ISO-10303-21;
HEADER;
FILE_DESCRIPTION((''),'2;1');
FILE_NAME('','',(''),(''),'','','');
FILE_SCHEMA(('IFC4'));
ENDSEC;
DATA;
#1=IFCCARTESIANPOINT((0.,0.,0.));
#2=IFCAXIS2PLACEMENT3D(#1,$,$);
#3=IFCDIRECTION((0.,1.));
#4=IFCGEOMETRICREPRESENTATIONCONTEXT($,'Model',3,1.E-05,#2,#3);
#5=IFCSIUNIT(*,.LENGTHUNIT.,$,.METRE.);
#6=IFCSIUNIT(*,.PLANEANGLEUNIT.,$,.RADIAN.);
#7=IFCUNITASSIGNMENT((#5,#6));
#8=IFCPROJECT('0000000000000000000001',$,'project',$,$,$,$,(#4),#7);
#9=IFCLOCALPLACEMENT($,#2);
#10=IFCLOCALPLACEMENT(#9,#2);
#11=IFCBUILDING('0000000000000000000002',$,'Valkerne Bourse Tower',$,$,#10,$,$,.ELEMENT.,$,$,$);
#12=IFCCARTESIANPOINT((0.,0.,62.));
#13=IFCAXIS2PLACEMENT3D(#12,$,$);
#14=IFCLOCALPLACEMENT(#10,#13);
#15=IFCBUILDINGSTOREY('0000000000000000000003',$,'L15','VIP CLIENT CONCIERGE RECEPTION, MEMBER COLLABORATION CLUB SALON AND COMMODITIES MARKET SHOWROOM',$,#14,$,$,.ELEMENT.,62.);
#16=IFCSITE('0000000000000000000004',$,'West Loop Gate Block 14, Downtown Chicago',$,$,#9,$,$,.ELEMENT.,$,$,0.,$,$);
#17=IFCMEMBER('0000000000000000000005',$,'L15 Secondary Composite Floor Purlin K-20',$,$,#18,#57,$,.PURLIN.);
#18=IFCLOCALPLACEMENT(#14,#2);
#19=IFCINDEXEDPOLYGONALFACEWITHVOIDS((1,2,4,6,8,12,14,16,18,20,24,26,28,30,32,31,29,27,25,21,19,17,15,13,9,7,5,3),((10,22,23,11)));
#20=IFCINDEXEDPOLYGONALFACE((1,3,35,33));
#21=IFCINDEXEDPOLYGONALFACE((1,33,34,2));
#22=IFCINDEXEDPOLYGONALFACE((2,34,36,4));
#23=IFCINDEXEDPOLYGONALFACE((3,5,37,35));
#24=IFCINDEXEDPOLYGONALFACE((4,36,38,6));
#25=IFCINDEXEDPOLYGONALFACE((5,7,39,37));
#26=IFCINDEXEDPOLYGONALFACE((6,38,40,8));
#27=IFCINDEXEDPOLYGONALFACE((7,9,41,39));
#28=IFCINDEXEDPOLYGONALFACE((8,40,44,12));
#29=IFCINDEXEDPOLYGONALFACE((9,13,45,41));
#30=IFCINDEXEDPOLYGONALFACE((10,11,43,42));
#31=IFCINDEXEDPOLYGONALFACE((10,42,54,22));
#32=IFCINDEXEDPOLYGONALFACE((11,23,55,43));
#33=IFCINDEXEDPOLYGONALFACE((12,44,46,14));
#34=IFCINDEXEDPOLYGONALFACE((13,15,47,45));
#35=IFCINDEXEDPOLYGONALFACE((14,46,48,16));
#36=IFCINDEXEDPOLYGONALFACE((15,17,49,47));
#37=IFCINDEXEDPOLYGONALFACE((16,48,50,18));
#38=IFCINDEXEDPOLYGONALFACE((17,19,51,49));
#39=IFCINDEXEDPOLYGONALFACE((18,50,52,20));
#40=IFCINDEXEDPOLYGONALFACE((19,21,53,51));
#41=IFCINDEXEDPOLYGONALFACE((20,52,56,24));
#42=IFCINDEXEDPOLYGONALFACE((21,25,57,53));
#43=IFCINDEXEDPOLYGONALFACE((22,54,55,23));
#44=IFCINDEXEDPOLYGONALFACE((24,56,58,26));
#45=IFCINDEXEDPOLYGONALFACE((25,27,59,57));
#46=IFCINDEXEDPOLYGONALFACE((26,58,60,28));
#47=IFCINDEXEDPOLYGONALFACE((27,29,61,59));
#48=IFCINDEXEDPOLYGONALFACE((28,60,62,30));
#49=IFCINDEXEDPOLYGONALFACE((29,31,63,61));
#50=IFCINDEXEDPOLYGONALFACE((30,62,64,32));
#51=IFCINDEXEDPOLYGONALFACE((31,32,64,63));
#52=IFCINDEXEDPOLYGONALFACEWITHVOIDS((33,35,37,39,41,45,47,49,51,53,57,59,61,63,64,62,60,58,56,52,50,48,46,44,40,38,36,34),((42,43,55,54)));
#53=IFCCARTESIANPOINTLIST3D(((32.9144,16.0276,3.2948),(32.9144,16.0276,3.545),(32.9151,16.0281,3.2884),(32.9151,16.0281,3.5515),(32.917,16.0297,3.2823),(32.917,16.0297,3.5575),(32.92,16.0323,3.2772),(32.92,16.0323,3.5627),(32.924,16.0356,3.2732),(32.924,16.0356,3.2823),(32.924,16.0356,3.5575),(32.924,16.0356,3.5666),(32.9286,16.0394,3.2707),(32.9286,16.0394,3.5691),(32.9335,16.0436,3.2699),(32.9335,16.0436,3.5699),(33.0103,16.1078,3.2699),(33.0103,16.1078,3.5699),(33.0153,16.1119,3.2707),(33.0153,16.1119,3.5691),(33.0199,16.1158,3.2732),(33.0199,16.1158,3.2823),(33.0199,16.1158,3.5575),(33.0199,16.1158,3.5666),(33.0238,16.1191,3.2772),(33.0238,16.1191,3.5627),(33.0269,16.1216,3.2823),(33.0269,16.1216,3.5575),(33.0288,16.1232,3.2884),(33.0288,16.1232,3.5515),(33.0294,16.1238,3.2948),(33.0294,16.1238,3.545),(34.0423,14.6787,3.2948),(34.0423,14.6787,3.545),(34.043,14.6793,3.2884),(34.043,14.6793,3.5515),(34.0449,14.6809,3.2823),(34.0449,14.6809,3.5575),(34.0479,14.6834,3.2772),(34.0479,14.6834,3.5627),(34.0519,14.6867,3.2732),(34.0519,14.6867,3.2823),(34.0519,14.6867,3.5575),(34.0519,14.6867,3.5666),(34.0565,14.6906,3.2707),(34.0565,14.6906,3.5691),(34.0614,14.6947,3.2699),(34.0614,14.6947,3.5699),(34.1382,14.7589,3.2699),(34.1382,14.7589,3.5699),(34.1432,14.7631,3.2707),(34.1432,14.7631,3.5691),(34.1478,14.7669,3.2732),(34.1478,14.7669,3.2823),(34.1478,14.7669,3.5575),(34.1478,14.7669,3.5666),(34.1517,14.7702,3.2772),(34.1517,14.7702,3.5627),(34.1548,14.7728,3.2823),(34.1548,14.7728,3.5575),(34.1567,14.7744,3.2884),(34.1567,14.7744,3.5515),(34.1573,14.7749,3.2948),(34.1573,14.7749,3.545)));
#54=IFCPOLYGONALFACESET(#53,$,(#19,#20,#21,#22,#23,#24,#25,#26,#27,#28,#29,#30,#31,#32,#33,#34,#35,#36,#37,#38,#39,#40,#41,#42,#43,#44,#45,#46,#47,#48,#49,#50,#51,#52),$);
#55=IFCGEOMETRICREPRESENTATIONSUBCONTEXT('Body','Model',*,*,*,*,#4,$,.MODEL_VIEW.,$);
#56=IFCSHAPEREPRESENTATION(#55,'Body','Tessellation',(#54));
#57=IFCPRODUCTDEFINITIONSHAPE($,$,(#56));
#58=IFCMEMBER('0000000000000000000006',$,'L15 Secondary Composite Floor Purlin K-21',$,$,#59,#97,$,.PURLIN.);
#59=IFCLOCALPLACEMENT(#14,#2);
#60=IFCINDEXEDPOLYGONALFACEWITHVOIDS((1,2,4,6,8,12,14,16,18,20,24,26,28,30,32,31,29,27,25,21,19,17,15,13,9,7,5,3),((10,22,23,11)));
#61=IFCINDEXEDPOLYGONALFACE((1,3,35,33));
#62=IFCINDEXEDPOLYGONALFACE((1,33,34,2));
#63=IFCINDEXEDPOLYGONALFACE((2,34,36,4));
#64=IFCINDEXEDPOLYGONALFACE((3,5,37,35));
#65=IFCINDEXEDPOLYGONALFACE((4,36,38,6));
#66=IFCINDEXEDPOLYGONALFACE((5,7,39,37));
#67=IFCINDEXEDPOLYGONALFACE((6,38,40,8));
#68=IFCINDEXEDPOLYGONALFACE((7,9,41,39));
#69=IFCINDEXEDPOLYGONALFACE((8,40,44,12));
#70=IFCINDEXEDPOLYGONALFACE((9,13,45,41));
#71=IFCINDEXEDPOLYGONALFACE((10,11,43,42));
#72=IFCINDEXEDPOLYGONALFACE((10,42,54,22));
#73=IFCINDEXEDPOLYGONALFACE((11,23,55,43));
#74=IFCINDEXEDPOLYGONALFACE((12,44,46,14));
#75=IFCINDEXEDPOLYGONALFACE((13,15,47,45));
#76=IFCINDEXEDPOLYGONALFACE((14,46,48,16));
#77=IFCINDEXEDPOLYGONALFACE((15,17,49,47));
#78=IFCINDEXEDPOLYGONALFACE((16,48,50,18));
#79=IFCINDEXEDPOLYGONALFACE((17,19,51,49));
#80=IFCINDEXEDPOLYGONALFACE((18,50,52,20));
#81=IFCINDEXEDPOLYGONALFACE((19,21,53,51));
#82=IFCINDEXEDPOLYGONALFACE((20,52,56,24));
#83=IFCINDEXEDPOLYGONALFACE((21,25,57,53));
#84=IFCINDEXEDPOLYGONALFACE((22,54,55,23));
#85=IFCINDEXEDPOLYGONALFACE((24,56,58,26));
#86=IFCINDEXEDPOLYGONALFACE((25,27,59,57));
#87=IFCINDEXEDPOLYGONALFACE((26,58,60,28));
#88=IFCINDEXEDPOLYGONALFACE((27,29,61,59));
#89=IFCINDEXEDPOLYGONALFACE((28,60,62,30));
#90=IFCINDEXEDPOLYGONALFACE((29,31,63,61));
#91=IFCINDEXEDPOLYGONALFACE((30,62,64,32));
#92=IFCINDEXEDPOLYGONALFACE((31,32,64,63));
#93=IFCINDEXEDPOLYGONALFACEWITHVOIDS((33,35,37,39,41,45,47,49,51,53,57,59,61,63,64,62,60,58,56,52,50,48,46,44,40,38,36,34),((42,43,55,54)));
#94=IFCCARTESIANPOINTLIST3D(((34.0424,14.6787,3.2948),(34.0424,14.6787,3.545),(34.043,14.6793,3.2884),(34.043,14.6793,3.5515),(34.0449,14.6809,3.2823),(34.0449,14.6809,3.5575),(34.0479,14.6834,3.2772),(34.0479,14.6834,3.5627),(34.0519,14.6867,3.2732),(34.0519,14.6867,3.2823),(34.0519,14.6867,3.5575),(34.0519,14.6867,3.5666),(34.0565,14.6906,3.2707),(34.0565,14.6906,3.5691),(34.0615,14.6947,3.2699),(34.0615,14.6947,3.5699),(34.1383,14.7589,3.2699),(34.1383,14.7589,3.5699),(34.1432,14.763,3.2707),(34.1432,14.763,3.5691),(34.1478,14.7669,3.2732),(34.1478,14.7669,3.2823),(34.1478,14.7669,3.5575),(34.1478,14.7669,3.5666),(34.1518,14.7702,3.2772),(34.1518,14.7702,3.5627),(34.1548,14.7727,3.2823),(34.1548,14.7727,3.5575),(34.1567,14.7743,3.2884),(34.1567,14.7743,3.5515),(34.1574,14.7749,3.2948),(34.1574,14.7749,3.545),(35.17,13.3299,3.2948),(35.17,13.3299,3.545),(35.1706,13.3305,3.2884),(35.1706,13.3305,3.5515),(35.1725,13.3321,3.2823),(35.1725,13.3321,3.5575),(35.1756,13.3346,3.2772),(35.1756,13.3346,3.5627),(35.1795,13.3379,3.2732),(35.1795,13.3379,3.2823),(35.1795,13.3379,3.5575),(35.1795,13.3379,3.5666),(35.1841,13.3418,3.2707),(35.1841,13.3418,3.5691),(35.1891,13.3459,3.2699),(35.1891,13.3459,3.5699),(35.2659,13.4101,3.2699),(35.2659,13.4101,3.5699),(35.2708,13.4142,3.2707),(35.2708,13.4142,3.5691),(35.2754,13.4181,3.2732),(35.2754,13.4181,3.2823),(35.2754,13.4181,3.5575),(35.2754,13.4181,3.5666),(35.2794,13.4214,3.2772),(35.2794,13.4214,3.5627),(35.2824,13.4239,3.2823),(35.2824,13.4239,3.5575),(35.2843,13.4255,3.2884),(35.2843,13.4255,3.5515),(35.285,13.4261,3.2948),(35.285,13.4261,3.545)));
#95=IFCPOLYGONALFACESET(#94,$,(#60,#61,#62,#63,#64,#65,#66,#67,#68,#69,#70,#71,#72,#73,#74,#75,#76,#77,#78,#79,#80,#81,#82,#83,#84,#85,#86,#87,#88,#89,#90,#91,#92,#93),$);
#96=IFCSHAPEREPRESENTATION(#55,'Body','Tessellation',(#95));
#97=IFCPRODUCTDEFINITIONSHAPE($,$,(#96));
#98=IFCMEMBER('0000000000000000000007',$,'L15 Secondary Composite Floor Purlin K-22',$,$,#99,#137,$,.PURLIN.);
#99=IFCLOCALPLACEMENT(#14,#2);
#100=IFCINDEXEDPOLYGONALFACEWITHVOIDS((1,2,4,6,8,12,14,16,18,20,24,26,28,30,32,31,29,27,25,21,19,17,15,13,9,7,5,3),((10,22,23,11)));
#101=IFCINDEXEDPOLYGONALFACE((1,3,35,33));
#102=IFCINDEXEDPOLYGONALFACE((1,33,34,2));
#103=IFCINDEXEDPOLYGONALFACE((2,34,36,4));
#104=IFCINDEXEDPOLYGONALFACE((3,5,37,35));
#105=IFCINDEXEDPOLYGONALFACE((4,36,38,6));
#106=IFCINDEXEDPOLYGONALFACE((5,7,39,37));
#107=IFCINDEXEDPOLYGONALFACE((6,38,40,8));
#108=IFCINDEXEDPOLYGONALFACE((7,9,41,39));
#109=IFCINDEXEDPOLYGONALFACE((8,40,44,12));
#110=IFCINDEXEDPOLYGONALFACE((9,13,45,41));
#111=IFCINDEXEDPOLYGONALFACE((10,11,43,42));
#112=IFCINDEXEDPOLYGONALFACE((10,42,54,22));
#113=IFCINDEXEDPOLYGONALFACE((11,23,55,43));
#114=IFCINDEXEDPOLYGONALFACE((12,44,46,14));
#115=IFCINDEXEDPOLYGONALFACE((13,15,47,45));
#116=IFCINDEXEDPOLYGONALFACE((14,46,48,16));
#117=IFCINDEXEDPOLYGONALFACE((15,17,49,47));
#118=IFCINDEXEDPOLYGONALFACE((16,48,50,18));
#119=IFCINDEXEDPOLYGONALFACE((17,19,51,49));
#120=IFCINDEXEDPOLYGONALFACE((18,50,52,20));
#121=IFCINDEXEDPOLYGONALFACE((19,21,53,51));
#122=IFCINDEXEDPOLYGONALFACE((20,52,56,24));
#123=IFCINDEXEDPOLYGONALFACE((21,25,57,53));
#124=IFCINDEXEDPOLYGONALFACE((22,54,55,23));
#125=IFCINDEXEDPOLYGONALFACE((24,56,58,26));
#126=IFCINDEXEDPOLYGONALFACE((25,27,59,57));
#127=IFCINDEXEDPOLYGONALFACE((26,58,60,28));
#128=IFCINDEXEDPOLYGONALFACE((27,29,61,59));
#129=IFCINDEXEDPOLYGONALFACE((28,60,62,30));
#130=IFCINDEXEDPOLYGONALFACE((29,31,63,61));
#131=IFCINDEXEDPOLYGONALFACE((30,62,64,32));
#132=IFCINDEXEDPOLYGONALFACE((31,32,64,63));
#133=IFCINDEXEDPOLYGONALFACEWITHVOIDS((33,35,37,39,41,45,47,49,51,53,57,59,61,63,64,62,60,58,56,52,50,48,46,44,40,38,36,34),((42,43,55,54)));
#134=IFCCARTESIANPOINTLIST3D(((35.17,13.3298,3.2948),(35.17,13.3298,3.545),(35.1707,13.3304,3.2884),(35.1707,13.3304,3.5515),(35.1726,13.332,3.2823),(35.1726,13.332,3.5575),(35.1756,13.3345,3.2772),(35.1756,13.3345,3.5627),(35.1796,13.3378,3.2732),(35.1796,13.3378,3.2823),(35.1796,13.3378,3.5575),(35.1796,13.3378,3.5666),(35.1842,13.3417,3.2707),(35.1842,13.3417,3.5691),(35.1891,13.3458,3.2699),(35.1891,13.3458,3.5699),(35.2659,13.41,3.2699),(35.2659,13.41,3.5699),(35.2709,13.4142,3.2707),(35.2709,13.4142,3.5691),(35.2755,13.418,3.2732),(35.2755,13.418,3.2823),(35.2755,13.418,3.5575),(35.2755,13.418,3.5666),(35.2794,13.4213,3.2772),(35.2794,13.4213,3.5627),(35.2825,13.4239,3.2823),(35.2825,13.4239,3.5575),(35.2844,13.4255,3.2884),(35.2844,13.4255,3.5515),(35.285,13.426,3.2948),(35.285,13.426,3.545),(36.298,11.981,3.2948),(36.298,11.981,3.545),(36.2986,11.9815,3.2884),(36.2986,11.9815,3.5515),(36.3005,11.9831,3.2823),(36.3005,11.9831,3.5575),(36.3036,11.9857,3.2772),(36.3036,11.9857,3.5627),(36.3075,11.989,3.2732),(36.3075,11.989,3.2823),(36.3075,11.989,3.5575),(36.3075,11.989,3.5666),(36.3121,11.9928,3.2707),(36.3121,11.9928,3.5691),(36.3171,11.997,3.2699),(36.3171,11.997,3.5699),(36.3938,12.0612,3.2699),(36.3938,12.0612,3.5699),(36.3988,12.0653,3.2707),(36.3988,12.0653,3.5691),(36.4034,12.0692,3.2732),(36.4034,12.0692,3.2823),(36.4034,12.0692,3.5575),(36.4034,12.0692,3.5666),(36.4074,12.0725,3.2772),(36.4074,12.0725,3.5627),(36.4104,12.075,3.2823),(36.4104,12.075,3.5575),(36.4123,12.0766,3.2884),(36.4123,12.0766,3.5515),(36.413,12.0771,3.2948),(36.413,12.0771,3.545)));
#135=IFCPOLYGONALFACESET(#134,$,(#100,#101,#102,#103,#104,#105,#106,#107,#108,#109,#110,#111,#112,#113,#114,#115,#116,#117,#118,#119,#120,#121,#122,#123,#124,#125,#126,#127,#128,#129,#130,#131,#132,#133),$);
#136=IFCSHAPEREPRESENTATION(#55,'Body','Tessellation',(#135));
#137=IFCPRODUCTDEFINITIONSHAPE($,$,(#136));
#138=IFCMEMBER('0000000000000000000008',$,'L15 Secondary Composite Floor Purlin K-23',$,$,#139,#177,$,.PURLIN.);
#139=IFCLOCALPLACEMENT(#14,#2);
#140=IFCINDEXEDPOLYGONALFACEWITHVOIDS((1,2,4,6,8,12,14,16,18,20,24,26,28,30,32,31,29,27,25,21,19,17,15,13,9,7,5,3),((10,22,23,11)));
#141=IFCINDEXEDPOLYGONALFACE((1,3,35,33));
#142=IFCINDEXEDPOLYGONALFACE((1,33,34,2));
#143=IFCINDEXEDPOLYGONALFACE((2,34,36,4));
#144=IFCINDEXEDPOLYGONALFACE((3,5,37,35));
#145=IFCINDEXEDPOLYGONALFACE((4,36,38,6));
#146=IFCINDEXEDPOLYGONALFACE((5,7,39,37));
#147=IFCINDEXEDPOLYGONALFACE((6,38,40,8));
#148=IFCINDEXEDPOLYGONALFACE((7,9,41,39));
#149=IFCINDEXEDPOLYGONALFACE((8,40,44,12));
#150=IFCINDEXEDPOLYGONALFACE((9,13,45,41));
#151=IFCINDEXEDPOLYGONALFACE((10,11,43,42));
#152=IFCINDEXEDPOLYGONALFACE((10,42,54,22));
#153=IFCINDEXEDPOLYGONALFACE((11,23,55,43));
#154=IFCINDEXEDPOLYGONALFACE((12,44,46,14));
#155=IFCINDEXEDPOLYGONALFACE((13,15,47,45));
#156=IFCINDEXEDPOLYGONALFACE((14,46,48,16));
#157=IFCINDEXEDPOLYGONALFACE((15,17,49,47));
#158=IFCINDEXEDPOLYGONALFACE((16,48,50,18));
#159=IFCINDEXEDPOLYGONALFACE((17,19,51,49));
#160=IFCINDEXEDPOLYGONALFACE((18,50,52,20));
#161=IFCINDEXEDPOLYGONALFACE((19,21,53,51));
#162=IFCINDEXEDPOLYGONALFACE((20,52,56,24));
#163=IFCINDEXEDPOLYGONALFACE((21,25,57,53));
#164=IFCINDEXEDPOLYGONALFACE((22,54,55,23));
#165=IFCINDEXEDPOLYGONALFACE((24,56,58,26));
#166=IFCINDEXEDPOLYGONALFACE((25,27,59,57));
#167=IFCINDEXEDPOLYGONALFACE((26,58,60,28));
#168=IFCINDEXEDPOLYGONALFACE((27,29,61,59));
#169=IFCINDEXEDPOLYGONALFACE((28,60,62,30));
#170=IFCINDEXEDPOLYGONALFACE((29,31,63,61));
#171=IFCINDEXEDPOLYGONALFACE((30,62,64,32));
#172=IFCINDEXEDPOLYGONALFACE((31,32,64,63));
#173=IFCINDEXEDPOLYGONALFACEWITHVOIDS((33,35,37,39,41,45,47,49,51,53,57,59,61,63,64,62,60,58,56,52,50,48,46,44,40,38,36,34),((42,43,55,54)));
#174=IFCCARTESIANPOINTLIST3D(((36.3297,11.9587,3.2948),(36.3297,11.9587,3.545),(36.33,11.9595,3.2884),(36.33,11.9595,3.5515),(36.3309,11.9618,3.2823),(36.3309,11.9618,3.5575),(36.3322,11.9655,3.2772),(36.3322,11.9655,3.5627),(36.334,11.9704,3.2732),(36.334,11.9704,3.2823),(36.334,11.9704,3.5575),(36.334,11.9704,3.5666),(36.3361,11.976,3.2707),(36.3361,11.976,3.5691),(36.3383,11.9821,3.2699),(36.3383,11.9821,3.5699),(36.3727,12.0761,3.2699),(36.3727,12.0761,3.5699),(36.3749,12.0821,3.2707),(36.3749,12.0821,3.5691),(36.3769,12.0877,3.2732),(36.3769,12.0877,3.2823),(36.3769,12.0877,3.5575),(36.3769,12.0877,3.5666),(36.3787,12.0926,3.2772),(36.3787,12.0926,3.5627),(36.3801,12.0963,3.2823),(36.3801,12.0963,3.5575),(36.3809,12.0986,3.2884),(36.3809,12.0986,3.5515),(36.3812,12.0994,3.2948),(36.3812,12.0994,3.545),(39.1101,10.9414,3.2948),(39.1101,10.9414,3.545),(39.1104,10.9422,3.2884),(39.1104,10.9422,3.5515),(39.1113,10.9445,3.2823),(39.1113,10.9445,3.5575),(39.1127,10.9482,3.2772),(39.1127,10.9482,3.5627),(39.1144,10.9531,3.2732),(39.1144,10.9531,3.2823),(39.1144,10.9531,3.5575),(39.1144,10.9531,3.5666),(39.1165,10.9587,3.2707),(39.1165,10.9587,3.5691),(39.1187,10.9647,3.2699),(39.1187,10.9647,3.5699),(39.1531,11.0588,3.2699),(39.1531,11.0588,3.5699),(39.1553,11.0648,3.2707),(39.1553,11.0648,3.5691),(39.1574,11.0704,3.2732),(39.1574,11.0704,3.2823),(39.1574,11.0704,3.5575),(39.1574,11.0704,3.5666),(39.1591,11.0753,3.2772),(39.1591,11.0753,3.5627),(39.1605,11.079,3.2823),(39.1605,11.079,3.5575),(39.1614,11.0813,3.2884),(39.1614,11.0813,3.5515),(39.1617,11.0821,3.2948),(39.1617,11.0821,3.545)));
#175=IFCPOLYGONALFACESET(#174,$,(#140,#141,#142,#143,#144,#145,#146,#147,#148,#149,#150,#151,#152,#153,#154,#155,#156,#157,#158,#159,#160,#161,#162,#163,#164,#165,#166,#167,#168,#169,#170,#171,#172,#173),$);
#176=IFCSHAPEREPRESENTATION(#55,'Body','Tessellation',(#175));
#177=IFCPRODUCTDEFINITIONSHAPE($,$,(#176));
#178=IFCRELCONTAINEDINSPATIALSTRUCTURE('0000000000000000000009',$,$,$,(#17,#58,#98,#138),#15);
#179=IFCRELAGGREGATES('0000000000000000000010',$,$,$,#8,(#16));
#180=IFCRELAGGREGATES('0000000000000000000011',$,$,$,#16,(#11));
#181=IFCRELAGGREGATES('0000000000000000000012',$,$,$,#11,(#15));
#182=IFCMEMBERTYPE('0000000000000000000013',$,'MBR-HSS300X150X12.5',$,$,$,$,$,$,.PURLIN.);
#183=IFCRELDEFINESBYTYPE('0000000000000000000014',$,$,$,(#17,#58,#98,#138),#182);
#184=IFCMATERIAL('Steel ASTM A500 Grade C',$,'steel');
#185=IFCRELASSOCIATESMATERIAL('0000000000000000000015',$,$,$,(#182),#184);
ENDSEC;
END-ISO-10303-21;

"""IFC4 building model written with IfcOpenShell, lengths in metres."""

from ifc_helpers import new_model, si_unit, direction, frame, origin, origin_2d, place, context, subcontext, project, spatial, hollow_rectangle, extrude, material, material_profile, profile_set, type_object, element, save


model = new_model("IFC4")

# Units and contexts
model_context = context("Model", 3, precision=1e-05, world=origin(), true_north=direction((0.0, 1.0)))
body_context = subcontext(model_context, "Body", "Model", "MODEL_VIEW")
ifc_project = project(units=[si_unit("LENGTHUNIT", "METRE"), si_unit("PLANEANGLEUNIT", "RADIAN")], contexts=[model_context])

# Site, building, storey
site_placement = place(None, origin())
site = spatial("IfcSite", under=ifc_project, at=site_placement, Name="West Loop Gate Block 14, Downtown Chicago", CompositionType="ELEMENT", RefElevation=0.0)
building_placement = place(site_placement, origin())
building = spatial("IfcBuilding", under=site, at=building_placement, Name="Valkerne Bourse Tower", CompositionType="ELEMENT")
storey_placement = place(building_placement, frame((0.0, 0.0, 62.0)))
storey = spatial("IfcBuildingStorey", under=building, at=storey_placement, Name="L15", Description="VIP CLIENT CONCIERGE RECEPTION, MEMBER COLLABORATION CLUB SALON AND COMMODITIES MARKET SHOWROOM", CompositionType="ELEMENT", Elevation=62.0)

# Members
ifc_material_1 = material(Name="Steel ASTM A500 Grade C", Category="steel")
ifc_material_profile_1 = material_profile(ifc_material_1, hollow_rectangle(XDim=0.1499, YDim=0.3, WallThickness=0.0125, OuterFilletRadius=0.0249, at=origin_2d()), Name="HSS300X150X12.5")
ifc_profile_set_1 = profile_set([ifc_material_profile_1], Name="Steel ASTM A500 Grade C")
member_type_1 = type_object("IfcMemberType", Name="MBR-HSS300X150X12.5", PredefinedType="PURLIN", material=ifc_profile_set_1)
member_1_placement = place(storey_placement, frame((32.9719, 16.0757, 3.4199), z_axis=(0.641481, -0.767139, 0.0), x_axis=(0.767139, 0.641481, 0.0)))
element("IfcMember", 1, at=member_1_placement, inside=storey, type_object=member_type_1, Name="L15 Secondary Composite Floor Purlin K-20", PredefinedType="PURLIN", context=body_context, shape_type="SweptSolid", body=[
    extrude(hollow_rectangle(XDim=0.1499, YDim=0.3, WallThickness=0.0125, OuterFilletRadius=0.0249, at=origin_2d()), origin(), (0.0, 0.0, 1.0), 1.7583),
])
member_2_placement = place(storey_placement, frame((34.0999, 14.7268, 3.4199), z_axis=(0.641399, -0.767207, 0.0), x_axis=(0.767207, 0.641399, 0.0)))
element("IfcMember", 2, at=member_2_placement, inside=storey, type_object=member_type_1, Name="L15 Secondary Composite Floor Purlin K-21", PredefinedType="PURLIN", context=body_context, shape_type="SweptSolid", body=[
    extrude(hollow_rectangle(XDim=0.1499, YDim=0.3, WallThickness=0.0125, OuterFilletRadius=0.0249, at=origin_2d()), origin(), (0.0, 0.0, 1.0), 1.7581),
])
member_3_placement = place(storey_placement, frame((35.2275, 13.3779, 3.4199), z_axis=(0.641481, -0.767139, 0.0), x_axis=(0.767139, 0.641481, 0.0)))
element("IfcMember", 3, at=member_3_placement, inside=storey, type_object=member_type_1, Name="L15 Secondary Composite Floor Purlin K-22", PredefinedType="PURLIN", context=body_context, shape_type="SweptSolid", body=[
    extrude(hollow_rectangle(XDim=0.1499, YDim=0.3, WallThickness=0.0125, OuterFilletRadius=0.0249, at=origin_2d()), origin(), (0.0, 0.0, 1.0), 1.7583),
])
member_4_placement = place(storey_placement, frame((36.3555, 12.0291, 3.4199), z_axis=(0.939115, -0.343603, 0.0), x_axis=(0.343603, 0.939115, 0.0)))
element("IfcMember", 4, at=member_4_placement, inside=storey, type_object=member_type_1, Name="L15 Secondary Composite Floor Purlin K-23", PredefinedType="PURLIN", context=body_context, shape_type="SweptSolid", body=[
    extrude(hollow_rectangle(XDim=0.1499, YDim=0.3, WallThickness=0.0125, OuterFilletRadius=0.0249, at=origin_2d()), origin(), (0.0, 0.0, 1.0), 2.9607),
])

save(model, "model.ifc")
